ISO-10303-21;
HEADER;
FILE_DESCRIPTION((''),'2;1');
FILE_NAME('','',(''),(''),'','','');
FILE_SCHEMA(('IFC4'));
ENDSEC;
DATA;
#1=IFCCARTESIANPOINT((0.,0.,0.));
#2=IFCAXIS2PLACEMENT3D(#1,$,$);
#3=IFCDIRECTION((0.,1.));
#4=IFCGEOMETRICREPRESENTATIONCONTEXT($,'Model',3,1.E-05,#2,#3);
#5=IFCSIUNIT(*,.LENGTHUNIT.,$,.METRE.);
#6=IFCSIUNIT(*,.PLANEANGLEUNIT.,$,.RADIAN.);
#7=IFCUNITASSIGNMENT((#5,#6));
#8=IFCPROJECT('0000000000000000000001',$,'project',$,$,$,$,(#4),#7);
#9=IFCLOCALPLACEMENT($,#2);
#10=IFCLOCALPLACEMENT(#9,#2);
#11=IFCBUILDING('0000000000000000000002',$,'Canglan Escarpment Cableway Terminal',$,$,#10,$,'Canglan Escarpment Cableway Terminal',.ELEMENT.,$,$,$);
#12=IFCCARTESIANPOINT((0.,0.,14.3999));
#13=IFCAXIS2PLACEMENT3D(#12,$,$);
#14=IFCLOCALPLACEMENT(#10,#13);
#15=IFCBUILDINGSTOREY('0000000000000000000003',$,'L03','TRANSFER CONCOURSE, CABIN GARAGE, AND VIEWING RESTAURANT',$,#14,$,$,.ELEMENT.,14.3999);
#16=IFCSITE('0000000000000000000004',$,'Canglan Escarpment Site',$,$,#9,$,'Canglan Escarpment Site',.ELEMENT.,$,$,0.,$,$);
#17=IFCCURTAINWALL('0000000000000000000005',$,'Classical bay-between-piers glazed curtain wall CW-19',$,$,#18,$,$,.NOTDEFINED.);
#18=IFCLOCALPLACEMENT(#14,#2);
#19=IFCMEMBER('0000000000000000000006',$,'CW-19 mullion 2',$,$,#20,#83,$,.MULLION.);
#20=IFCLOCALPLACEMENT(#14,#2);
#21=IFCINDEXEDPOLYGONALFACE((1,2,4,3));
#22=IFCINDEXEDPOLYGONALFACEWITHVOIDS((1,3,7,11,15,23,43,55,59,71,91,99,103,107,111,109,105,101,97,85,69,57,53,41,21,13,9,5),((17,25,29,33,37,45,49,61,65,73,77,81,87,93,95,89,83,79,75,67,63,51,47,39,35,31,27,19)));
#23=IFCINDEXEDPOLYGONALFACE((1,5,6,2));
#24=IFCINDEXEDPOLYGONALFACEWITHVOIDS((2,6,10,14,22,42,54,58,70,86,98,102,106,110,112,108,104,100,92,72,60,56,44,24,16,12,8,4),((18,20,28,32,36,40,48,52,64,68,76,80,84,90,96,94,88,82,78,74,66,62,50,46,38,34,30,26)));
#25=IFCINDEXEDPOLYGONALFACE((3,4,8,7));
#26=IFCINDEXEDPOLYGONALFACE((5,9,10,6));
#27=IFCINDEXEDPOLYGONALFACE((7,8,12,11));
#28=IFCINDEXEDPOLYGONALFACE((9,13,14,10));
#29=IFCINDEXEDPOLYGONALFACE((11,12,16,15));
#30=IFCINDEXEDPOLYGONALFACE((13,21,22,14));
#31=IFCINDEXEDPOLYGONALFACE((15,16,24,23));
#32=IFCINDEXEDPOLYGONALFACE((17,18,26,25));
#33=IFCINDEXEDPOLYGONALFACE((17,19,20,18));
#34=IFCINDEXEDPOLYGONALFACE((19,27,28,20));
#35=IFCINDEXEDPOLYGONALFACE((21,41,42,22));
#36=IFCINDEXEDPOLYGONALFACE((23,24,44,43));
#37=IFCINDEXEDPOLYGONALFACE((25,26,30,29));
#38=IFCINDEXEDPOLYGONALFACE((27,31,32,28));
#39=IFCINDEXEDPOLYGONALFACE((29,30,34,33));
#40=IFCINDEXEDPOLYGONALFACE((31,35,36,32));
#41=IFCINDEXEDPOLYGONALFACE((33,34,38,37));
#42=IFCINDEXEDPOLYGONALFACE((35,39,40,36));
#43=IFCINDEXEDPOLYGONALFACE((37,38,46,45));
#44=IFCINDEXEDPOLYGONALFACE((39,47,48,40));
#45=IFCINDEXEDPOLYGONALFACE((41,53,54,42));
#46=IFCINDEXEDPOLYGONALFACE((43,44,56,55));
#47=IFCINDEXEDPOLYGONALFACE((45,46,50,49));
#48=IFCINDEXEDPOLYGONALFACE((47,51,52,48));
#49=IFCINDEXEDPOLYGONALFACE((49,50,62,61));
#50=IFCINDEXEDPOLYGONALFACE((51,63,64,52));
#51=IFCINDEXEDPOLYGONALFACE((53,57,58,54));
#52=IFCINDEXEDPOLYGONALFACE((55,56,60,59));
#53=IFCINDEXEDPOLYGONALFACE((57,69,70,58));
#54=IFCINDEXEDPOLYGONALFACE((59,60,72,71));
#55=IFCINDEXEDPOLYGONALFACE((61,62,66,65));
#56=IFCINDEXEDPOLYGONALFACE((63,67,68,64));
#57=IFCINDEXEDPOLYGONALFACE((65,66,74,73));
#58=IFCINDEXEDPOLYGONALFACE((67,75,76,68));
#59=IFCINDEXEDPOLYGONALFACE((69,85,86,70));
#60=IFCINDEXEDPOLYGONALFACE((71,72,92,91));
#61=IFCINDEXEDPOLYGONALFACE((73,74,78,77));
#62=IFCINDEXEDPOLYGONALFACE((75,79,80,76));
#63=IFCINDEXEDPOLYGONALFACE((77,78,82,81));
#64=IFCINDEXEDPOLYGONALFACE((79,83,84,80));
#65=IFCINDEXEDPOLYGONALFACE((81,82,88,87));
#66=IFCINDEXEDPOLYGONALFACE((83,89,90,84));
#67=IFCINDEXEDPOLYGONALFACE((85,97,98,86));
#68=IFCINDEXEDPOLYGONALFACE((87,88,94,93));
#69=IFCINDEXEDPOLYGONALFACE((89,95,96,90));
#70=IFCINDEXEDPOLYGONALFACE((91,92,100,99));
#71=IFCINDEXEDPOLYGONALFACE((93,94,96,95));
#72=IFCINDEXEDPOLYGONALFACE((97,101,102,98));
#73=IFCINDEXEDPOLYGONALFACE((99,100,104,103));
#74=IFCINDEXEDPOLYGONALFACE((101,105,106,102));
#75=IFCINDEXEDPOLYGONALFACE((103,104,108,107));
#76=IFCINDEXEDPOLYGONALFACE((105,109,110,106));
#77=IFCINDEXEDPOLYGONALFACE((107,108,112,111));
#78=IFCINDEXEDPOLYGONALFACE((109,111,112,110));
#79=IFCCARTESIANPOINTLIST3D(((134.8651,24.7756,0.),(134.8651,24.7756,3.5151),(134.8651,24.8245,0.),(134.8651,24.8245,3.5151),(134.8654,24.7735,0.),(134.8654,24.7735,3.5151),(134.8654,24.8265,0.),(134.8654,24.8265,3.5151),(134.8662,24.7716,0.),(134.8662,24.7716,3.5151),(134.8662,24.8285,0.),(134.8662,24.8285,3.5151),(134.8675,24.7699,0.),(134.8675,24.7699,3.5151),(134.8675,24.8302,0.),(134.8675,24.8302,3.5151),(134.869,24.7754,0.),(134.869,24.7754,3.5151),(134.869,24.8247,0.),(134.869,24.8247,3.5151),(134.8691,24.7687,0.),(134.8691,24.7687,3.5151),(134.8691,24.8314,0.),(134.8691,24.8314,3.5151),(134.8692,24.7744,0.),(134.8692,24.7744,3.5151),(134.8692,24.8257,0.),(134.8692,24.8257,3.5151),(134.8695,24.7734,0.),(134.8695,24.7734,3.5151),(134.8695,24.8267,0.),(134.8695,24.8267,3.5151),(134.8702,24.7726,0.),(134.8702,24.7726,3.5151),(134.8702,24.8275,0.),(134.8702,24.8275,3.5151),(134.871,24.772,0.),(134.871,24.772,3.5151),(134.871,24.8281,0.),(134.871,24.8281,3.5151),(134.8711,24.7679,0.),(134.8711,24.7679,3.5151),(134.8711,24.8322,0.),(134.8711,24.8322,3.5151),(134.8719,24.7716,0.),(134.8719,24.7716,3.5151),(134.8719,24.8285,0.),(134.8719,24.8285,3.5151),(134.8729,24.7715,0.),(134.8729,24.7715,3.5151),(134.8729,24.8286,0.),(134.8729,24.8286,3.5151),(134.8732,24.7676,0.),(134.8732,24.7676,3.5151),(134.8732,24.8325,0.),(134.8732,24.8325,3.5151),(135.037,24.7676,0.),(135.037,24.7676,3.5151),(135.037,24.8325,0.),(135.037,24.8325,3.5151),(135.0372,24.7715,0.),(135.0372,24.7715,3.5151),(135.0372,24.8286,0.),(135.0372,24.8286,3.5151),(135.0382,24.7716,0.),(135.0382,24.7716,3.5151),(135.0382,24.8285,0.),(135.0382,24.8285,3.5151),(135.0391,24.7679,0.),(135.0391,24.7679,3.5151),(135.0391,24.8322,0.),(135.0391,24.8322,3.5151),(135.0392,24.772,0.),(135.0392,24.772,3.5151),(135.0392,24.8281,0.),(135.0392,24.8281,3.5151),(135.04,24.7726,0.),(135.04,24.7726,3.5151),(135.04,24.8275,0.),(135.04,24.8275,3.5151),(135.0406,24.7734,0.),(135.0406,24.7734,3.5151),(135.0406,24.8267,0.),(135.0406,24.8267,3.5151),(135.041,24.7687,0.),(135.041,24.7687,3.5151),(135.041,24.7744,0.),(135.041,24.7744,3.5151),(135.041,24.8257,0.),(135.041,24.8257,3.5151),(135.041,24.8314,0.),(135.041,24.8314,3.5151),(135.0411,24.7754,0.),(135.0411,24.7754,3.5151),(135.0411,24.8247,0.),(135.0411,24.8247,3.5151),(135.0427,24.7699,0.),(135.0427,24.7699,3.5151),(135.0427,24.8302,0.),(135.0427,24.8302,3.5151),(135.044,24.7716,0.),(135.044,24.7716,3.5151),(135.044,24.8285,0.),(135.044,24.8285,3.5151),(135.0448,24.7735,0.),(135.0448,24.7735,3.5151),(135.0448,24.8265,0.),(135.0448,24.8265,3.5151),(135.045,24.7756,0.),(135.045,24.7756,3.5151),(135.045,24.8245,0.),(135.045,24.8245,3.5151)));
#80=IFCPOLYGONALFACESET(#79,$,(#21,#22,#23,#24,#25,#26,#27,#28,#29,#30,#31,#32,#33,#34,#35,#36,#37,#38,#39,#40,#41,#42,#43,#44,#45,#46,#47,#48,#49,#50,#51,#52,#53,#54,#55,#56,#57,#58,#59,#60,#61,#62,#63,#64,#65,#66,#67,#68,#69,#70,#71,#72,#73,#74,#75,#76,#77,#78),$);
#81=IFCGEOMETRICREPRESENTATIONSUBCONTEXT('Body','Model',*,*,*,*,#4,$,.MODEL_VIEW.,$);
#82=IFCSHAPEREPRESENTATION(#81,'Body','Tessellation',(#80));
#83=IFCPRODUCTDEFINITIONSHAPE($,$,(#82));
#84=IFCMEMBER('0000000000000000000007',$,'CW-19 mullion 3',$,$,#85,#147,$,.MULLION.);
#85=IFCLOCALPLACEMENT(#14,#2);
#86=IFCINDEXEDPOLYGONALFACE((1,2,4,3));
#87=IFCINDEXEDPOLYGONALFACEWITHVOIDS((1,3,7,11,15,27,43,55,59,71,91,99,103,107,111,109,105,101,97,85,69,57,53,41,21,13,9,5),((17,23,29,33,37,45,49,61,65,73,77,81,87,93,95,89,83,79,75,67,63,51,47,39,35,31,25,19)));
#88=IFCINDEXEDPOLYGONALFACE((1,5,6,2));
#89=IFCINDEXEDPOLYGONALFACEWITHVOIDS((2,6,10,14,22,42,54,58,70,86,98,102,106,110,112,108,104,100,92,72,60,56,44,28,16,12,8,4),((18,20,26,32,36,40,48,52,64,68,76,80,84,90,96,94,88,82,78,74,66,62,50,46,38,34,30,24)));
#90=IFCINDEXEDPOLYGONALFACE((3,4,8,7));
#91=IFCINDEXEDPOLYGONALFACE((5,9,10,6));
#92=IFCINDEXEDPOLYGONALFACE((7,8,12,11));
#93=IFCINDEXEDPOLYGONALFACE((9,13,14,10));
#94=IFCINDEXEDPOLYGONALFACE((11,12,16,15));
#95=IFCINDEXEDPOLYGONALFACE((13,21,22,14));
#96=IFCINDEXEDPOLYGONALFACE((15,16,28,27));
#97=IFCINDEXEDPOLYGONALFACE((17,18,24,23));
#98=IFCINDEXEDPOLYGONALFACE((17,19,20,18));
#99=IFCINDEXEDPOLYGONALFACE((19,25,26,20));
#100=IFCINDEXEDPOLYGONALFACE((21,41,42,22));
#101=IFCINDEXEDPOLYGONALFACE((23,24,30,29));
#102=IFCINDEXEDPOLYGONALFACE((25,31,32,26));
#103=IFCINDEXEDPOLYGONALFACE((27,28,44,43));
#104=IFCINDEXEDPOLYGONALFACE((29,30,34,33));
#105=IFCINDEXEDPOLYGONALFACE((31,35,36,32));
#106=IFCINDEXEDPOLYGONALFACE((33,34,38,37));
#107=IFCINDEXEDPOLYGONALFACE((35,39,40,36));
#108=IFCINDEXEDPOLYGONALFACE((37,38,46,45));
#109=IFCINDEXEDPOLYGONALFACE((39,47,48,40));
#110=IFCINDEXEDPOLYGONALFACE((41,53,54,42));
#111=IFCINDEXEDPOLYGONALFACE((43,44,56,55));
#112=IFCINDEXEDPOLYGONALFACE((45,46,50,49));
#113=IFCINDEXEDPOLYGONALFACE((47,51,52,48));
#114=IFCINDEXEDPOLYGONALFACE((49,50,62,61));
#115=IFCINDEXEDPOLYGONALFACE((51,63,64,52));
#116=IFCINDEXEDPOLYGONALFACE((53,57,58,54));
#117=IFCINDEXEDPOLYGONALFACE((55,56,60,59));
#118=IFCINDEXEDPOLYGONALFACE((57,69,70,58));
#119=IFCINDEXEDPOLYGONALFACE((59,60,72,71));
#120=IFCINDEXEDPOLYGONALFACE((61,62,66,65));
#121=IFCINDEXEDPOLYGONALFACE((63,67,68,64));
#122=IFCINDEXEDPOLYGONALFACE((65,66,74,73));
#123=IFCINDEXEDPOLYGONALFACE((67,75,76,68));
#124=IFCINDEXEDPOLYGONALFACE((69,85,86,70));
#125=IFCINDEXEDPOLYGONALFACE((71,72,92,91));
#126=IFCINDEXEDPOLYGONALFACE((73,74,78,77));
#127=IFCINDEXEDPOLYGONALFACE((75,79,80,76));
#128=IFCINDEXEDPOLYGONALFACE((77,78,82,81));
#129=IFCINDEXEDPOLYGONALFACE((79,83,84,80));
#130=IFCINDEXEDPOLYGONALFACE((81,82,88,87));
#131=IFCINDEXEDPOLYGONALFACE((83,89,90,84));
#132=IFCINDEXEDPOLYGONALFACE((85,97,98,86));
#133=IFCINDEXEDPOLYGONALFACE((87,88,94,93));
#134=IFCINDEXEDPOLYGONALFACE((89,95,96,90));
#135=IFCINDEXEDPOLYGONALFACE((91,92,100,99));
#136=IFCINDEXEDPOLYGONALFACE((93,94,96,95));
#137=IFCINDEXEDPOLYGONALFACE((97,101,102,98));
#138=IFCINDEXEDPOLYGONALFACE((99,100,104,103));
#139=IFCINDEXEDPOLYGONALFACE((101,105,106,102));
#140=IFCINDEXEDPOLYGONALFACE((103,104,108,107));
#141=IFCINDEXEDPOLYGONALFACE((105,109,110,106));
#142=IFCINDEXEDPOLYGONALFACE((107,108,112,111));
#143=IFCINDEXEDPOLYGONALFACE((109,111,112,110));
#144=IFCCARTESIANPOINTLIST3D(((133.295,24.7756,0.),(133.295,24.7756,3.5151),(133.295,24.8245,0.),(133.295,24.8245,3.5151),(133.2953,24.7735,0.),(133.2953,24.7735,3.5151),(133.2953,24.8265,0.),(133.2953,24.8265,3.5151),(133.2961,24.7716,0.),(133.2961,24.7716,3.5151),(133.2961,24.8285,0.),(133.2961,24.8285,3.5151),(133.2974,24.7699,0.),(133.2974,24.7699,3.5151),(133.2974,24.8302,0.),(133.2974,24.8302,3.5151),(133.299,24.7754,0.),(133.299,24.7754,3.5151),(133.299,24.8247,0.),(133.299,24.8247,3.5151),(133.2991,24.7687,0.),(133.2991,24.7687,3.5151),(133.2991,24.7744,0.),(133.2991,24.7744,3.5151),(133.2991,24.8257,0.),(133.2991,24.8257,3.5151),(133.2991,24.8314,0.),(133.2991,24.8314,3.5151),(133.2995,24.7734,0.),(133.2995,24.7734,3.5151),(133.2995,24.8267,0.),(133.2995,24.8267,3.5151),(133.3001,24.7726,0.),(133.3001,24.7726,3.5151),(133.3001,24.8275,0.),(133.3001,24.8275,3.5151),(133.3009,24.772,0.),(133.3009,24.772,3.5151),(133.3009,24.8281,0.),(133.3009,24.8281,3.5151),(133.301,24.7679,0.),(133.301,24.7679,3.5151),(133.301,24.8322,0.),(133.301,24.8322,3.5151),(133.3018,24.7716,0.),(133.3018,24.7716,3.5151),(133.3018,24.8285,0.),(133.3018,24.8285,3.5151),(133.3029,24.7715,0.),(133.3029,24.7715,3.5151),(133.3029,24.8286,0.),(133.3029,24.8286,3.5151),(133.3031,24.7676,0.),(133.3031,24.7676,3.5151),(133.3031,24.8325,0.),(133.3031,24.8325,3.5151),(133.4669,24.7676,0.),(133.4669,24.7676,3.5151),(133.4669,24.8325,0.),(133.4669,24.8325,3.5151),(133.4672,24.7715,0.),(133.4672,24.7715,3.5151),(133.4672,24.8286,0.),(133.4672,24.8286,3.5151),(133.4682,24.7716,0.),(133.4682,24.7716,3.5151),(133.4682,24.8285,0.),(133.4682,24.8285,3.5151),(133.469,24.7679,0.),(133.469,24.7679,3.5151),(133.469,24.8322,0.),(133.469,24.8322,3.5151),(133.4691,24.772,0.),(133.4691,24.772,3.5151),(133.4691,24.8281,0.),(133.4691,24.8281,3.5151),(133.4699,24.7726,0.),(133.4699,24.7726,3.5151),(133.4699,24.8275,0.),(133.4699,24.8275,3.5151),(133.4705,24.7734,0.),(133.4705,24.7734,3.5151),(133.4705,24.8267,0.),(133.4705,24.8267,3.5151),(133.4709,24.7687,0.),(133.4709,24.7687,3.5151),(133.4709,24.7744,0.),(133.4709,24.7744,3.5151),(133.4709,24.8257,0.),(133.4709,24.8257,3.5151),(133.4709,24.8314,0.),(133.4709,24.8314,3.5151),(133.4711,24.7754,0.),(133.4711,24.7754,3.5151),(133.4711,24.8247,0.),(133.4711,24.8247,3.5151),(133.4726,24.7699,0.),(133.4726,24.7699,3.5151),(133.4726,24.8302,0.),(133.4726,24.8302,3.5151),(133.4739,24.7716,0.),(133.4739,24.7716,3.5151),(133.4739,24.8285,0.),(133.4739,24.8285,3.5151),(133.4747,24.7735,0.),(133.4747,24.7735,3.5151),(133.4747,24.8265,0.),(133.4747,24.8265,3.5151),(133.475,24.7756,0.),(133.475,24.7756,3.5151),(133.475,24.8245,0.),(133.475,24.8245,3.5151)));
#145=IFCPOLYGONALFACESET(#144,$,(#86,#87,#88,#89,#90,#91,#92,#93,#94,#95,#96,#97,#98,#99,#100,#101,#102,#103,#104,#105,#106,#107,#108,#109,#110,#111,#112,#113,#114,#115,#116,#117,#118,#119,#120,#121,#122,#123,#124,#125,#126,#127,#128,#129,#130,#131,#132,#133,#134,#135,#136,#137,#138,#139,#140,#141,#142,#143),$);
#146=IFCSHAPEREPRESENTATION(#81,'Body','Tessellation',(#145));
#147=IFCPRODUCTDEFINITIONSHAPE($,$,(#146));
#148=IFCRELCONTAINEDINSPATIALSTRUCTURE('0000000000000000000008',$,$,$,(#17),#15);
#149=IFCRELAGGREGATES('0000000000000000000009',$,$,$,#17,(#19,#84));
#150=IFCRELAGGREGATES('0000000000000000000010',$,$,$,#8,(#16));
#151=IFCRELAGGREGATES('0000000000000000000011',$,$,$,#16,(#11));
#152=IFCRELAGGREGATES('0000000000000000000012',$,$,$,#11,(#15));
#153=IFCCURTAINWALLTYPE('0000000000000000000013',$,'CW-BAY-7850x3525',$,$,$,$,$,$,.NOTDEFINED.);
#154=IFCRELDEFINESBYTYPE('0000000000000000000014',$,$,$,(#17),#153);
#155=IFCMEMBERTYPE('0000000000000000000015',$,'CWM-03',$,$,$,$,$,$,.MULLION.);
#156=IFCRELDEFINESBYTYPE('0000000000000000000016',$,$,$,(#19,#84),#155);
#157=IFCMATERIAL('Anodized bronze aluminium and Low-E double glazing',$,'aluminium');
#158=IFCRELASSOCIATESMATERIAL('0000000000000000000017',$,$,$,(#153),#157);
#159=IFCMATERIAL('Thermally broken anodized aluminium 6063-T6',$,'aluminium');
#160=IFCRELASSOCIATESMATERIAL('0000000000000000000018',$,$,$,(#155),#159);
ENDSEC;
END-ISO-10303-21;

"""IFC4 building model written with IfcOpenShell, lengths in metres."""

from ifc_helpers import new_model, si_unit, direction, frame, origin, origin_2d, place, context, subcontext, project, spatial, hollow_rectangle, extrude, material, material_profile, profile_set, type_object, element, aggregate, save


model = new_model("IFC4")

# Units and contexts
model_context = context("Model", 3, precision=1e-05, world=origin(), true_north=direction((0.0, 1.0)))
body_context = subcontext(model_context, "Body", "Model", "MODEL_VIEW")
ifc_project = project(units=[si_unit("LENGTHUNIT", "METRE"), si_unit("PLANEANGLEUNIT", "RADIAN")], contexts=[model_context])

# Site, building, storey
site_placement = place(None, origin())
site = spatial("IfcSite", under=ifc_project, at=site_placement, Name="Canglan Escarpment Site", LongName="Canglan Escarpment Site", CompositionType="ELEMENT", RefElevation=0.0)
building_placement = place(site_placement, origin())
building = spatial("IfcBuilding", under=site, at=building_placement, Name="Canglan Escarpment Cableway Terminal", LongName="Canglan Escarpment Cableway Terminal", CompositionType="ELEMENT")
storey_placement = place(building_placement, frame((0.0, 0.0, 14.3999)))
storey = spatial("IfcBuildingStorey", under=building, at=storey_placement, Name="L03", Description="TRANSFER CONCOURSE, CABIN GARAGE, AND VIEWING RESTAURANT", CompositionType="ELEMENT", Elevation=14.3999)

# Curtain wall, members
ifc_material_1 = material(Name="Anodized bronze aluminium and Low-E double glazing", Category="aluminium")
curtain_wall_type = type_object("IfcCurtainWallType", Name="CW-BAY-7850x3525", PredefinedType="NOTDEFINED", material=ifc_material_1)
curtain_wall_placement = place(storey_placement, origin())
curtain_wall = element("IfcCurtainWall", 1, at=curtain_wall_placement, inside=storey, type_object=curtain_wall_type, Name="Classical bay-between-piers glazed curtain wall CW-19", PredefinedType="NOTDEFINED")
ifc_material_2 = material(Name="Thermally broken anodized aluminium 6063-T6", Category="aluminium")
ifc_material_profile_1 = material_profile(ifc_material_2, hollow_rectangle(XDim=0.0649, YDim=0.1799, WallThickness=0.0039, InnerFilletRadius=0.0039, OuterFilletRadius=0.0081, at=origin_2d()), Name="ALU-MULL 65x180x4")
ifc_profile_set_1 = profile_set([ifc_material_profile_1], Name="Thermally broken anodized aluminium 6063-T6")
member_type_1 = type_object("IfcMemberType", Name="CWM-03", PredefinedType="MULLION", material=ifc_profile_set_1)
member_1_placement = place(storey_placement, frame((134.9551, 24.8, 0.0), z_axis=(0.0, 0.0, 1.0), x_axis=(0.0, -1.0, 0.0)))
member_1 = element("IfcMember", 2, at=member_1_placement, type_object=member_type_1, Name="CW-19 mullion 2", PredefinedType="MULLION", context=body_context, shape_type="SweptSolid", body=[
    extrude(hollow_rectangle(XDim=0.0649, YDim=0.1799, WallThickness=0.0039, InnerFilletRadius=0.0039, OuterFilletRadius=0.0081, at=origin_2d()), origin(), (0.0, 0.0, 1.0), 3.5151),
])
member_2_placement = place(storey_placement, frame((133.385, 24.8, 0.0), z_axis=(0.0, 0.0, 1.0), x_axis=(0.0, -1.0, 0.0)))
member_2 = element("IfcMember", 3, at=member_2_placement, type_object=member_type_1, Name="CW-19 mullion 3", PredefinedType="MULLION", context=body_context, shape_type="SweptSolid", body=[
    extrude(hollow_rectangle(XDim=0.0649, YDim=0.1799, WallThickness=0.0039, InnerFilletRadius=0.0039, OuterFilletRadius=0.0081, at=origin_2d()), origin(), (0.0, 0.0, 1.0), 3.5151),
])

aggregate(curtain_wall, [member_1, member_2])

save(model, "model.ifc")
